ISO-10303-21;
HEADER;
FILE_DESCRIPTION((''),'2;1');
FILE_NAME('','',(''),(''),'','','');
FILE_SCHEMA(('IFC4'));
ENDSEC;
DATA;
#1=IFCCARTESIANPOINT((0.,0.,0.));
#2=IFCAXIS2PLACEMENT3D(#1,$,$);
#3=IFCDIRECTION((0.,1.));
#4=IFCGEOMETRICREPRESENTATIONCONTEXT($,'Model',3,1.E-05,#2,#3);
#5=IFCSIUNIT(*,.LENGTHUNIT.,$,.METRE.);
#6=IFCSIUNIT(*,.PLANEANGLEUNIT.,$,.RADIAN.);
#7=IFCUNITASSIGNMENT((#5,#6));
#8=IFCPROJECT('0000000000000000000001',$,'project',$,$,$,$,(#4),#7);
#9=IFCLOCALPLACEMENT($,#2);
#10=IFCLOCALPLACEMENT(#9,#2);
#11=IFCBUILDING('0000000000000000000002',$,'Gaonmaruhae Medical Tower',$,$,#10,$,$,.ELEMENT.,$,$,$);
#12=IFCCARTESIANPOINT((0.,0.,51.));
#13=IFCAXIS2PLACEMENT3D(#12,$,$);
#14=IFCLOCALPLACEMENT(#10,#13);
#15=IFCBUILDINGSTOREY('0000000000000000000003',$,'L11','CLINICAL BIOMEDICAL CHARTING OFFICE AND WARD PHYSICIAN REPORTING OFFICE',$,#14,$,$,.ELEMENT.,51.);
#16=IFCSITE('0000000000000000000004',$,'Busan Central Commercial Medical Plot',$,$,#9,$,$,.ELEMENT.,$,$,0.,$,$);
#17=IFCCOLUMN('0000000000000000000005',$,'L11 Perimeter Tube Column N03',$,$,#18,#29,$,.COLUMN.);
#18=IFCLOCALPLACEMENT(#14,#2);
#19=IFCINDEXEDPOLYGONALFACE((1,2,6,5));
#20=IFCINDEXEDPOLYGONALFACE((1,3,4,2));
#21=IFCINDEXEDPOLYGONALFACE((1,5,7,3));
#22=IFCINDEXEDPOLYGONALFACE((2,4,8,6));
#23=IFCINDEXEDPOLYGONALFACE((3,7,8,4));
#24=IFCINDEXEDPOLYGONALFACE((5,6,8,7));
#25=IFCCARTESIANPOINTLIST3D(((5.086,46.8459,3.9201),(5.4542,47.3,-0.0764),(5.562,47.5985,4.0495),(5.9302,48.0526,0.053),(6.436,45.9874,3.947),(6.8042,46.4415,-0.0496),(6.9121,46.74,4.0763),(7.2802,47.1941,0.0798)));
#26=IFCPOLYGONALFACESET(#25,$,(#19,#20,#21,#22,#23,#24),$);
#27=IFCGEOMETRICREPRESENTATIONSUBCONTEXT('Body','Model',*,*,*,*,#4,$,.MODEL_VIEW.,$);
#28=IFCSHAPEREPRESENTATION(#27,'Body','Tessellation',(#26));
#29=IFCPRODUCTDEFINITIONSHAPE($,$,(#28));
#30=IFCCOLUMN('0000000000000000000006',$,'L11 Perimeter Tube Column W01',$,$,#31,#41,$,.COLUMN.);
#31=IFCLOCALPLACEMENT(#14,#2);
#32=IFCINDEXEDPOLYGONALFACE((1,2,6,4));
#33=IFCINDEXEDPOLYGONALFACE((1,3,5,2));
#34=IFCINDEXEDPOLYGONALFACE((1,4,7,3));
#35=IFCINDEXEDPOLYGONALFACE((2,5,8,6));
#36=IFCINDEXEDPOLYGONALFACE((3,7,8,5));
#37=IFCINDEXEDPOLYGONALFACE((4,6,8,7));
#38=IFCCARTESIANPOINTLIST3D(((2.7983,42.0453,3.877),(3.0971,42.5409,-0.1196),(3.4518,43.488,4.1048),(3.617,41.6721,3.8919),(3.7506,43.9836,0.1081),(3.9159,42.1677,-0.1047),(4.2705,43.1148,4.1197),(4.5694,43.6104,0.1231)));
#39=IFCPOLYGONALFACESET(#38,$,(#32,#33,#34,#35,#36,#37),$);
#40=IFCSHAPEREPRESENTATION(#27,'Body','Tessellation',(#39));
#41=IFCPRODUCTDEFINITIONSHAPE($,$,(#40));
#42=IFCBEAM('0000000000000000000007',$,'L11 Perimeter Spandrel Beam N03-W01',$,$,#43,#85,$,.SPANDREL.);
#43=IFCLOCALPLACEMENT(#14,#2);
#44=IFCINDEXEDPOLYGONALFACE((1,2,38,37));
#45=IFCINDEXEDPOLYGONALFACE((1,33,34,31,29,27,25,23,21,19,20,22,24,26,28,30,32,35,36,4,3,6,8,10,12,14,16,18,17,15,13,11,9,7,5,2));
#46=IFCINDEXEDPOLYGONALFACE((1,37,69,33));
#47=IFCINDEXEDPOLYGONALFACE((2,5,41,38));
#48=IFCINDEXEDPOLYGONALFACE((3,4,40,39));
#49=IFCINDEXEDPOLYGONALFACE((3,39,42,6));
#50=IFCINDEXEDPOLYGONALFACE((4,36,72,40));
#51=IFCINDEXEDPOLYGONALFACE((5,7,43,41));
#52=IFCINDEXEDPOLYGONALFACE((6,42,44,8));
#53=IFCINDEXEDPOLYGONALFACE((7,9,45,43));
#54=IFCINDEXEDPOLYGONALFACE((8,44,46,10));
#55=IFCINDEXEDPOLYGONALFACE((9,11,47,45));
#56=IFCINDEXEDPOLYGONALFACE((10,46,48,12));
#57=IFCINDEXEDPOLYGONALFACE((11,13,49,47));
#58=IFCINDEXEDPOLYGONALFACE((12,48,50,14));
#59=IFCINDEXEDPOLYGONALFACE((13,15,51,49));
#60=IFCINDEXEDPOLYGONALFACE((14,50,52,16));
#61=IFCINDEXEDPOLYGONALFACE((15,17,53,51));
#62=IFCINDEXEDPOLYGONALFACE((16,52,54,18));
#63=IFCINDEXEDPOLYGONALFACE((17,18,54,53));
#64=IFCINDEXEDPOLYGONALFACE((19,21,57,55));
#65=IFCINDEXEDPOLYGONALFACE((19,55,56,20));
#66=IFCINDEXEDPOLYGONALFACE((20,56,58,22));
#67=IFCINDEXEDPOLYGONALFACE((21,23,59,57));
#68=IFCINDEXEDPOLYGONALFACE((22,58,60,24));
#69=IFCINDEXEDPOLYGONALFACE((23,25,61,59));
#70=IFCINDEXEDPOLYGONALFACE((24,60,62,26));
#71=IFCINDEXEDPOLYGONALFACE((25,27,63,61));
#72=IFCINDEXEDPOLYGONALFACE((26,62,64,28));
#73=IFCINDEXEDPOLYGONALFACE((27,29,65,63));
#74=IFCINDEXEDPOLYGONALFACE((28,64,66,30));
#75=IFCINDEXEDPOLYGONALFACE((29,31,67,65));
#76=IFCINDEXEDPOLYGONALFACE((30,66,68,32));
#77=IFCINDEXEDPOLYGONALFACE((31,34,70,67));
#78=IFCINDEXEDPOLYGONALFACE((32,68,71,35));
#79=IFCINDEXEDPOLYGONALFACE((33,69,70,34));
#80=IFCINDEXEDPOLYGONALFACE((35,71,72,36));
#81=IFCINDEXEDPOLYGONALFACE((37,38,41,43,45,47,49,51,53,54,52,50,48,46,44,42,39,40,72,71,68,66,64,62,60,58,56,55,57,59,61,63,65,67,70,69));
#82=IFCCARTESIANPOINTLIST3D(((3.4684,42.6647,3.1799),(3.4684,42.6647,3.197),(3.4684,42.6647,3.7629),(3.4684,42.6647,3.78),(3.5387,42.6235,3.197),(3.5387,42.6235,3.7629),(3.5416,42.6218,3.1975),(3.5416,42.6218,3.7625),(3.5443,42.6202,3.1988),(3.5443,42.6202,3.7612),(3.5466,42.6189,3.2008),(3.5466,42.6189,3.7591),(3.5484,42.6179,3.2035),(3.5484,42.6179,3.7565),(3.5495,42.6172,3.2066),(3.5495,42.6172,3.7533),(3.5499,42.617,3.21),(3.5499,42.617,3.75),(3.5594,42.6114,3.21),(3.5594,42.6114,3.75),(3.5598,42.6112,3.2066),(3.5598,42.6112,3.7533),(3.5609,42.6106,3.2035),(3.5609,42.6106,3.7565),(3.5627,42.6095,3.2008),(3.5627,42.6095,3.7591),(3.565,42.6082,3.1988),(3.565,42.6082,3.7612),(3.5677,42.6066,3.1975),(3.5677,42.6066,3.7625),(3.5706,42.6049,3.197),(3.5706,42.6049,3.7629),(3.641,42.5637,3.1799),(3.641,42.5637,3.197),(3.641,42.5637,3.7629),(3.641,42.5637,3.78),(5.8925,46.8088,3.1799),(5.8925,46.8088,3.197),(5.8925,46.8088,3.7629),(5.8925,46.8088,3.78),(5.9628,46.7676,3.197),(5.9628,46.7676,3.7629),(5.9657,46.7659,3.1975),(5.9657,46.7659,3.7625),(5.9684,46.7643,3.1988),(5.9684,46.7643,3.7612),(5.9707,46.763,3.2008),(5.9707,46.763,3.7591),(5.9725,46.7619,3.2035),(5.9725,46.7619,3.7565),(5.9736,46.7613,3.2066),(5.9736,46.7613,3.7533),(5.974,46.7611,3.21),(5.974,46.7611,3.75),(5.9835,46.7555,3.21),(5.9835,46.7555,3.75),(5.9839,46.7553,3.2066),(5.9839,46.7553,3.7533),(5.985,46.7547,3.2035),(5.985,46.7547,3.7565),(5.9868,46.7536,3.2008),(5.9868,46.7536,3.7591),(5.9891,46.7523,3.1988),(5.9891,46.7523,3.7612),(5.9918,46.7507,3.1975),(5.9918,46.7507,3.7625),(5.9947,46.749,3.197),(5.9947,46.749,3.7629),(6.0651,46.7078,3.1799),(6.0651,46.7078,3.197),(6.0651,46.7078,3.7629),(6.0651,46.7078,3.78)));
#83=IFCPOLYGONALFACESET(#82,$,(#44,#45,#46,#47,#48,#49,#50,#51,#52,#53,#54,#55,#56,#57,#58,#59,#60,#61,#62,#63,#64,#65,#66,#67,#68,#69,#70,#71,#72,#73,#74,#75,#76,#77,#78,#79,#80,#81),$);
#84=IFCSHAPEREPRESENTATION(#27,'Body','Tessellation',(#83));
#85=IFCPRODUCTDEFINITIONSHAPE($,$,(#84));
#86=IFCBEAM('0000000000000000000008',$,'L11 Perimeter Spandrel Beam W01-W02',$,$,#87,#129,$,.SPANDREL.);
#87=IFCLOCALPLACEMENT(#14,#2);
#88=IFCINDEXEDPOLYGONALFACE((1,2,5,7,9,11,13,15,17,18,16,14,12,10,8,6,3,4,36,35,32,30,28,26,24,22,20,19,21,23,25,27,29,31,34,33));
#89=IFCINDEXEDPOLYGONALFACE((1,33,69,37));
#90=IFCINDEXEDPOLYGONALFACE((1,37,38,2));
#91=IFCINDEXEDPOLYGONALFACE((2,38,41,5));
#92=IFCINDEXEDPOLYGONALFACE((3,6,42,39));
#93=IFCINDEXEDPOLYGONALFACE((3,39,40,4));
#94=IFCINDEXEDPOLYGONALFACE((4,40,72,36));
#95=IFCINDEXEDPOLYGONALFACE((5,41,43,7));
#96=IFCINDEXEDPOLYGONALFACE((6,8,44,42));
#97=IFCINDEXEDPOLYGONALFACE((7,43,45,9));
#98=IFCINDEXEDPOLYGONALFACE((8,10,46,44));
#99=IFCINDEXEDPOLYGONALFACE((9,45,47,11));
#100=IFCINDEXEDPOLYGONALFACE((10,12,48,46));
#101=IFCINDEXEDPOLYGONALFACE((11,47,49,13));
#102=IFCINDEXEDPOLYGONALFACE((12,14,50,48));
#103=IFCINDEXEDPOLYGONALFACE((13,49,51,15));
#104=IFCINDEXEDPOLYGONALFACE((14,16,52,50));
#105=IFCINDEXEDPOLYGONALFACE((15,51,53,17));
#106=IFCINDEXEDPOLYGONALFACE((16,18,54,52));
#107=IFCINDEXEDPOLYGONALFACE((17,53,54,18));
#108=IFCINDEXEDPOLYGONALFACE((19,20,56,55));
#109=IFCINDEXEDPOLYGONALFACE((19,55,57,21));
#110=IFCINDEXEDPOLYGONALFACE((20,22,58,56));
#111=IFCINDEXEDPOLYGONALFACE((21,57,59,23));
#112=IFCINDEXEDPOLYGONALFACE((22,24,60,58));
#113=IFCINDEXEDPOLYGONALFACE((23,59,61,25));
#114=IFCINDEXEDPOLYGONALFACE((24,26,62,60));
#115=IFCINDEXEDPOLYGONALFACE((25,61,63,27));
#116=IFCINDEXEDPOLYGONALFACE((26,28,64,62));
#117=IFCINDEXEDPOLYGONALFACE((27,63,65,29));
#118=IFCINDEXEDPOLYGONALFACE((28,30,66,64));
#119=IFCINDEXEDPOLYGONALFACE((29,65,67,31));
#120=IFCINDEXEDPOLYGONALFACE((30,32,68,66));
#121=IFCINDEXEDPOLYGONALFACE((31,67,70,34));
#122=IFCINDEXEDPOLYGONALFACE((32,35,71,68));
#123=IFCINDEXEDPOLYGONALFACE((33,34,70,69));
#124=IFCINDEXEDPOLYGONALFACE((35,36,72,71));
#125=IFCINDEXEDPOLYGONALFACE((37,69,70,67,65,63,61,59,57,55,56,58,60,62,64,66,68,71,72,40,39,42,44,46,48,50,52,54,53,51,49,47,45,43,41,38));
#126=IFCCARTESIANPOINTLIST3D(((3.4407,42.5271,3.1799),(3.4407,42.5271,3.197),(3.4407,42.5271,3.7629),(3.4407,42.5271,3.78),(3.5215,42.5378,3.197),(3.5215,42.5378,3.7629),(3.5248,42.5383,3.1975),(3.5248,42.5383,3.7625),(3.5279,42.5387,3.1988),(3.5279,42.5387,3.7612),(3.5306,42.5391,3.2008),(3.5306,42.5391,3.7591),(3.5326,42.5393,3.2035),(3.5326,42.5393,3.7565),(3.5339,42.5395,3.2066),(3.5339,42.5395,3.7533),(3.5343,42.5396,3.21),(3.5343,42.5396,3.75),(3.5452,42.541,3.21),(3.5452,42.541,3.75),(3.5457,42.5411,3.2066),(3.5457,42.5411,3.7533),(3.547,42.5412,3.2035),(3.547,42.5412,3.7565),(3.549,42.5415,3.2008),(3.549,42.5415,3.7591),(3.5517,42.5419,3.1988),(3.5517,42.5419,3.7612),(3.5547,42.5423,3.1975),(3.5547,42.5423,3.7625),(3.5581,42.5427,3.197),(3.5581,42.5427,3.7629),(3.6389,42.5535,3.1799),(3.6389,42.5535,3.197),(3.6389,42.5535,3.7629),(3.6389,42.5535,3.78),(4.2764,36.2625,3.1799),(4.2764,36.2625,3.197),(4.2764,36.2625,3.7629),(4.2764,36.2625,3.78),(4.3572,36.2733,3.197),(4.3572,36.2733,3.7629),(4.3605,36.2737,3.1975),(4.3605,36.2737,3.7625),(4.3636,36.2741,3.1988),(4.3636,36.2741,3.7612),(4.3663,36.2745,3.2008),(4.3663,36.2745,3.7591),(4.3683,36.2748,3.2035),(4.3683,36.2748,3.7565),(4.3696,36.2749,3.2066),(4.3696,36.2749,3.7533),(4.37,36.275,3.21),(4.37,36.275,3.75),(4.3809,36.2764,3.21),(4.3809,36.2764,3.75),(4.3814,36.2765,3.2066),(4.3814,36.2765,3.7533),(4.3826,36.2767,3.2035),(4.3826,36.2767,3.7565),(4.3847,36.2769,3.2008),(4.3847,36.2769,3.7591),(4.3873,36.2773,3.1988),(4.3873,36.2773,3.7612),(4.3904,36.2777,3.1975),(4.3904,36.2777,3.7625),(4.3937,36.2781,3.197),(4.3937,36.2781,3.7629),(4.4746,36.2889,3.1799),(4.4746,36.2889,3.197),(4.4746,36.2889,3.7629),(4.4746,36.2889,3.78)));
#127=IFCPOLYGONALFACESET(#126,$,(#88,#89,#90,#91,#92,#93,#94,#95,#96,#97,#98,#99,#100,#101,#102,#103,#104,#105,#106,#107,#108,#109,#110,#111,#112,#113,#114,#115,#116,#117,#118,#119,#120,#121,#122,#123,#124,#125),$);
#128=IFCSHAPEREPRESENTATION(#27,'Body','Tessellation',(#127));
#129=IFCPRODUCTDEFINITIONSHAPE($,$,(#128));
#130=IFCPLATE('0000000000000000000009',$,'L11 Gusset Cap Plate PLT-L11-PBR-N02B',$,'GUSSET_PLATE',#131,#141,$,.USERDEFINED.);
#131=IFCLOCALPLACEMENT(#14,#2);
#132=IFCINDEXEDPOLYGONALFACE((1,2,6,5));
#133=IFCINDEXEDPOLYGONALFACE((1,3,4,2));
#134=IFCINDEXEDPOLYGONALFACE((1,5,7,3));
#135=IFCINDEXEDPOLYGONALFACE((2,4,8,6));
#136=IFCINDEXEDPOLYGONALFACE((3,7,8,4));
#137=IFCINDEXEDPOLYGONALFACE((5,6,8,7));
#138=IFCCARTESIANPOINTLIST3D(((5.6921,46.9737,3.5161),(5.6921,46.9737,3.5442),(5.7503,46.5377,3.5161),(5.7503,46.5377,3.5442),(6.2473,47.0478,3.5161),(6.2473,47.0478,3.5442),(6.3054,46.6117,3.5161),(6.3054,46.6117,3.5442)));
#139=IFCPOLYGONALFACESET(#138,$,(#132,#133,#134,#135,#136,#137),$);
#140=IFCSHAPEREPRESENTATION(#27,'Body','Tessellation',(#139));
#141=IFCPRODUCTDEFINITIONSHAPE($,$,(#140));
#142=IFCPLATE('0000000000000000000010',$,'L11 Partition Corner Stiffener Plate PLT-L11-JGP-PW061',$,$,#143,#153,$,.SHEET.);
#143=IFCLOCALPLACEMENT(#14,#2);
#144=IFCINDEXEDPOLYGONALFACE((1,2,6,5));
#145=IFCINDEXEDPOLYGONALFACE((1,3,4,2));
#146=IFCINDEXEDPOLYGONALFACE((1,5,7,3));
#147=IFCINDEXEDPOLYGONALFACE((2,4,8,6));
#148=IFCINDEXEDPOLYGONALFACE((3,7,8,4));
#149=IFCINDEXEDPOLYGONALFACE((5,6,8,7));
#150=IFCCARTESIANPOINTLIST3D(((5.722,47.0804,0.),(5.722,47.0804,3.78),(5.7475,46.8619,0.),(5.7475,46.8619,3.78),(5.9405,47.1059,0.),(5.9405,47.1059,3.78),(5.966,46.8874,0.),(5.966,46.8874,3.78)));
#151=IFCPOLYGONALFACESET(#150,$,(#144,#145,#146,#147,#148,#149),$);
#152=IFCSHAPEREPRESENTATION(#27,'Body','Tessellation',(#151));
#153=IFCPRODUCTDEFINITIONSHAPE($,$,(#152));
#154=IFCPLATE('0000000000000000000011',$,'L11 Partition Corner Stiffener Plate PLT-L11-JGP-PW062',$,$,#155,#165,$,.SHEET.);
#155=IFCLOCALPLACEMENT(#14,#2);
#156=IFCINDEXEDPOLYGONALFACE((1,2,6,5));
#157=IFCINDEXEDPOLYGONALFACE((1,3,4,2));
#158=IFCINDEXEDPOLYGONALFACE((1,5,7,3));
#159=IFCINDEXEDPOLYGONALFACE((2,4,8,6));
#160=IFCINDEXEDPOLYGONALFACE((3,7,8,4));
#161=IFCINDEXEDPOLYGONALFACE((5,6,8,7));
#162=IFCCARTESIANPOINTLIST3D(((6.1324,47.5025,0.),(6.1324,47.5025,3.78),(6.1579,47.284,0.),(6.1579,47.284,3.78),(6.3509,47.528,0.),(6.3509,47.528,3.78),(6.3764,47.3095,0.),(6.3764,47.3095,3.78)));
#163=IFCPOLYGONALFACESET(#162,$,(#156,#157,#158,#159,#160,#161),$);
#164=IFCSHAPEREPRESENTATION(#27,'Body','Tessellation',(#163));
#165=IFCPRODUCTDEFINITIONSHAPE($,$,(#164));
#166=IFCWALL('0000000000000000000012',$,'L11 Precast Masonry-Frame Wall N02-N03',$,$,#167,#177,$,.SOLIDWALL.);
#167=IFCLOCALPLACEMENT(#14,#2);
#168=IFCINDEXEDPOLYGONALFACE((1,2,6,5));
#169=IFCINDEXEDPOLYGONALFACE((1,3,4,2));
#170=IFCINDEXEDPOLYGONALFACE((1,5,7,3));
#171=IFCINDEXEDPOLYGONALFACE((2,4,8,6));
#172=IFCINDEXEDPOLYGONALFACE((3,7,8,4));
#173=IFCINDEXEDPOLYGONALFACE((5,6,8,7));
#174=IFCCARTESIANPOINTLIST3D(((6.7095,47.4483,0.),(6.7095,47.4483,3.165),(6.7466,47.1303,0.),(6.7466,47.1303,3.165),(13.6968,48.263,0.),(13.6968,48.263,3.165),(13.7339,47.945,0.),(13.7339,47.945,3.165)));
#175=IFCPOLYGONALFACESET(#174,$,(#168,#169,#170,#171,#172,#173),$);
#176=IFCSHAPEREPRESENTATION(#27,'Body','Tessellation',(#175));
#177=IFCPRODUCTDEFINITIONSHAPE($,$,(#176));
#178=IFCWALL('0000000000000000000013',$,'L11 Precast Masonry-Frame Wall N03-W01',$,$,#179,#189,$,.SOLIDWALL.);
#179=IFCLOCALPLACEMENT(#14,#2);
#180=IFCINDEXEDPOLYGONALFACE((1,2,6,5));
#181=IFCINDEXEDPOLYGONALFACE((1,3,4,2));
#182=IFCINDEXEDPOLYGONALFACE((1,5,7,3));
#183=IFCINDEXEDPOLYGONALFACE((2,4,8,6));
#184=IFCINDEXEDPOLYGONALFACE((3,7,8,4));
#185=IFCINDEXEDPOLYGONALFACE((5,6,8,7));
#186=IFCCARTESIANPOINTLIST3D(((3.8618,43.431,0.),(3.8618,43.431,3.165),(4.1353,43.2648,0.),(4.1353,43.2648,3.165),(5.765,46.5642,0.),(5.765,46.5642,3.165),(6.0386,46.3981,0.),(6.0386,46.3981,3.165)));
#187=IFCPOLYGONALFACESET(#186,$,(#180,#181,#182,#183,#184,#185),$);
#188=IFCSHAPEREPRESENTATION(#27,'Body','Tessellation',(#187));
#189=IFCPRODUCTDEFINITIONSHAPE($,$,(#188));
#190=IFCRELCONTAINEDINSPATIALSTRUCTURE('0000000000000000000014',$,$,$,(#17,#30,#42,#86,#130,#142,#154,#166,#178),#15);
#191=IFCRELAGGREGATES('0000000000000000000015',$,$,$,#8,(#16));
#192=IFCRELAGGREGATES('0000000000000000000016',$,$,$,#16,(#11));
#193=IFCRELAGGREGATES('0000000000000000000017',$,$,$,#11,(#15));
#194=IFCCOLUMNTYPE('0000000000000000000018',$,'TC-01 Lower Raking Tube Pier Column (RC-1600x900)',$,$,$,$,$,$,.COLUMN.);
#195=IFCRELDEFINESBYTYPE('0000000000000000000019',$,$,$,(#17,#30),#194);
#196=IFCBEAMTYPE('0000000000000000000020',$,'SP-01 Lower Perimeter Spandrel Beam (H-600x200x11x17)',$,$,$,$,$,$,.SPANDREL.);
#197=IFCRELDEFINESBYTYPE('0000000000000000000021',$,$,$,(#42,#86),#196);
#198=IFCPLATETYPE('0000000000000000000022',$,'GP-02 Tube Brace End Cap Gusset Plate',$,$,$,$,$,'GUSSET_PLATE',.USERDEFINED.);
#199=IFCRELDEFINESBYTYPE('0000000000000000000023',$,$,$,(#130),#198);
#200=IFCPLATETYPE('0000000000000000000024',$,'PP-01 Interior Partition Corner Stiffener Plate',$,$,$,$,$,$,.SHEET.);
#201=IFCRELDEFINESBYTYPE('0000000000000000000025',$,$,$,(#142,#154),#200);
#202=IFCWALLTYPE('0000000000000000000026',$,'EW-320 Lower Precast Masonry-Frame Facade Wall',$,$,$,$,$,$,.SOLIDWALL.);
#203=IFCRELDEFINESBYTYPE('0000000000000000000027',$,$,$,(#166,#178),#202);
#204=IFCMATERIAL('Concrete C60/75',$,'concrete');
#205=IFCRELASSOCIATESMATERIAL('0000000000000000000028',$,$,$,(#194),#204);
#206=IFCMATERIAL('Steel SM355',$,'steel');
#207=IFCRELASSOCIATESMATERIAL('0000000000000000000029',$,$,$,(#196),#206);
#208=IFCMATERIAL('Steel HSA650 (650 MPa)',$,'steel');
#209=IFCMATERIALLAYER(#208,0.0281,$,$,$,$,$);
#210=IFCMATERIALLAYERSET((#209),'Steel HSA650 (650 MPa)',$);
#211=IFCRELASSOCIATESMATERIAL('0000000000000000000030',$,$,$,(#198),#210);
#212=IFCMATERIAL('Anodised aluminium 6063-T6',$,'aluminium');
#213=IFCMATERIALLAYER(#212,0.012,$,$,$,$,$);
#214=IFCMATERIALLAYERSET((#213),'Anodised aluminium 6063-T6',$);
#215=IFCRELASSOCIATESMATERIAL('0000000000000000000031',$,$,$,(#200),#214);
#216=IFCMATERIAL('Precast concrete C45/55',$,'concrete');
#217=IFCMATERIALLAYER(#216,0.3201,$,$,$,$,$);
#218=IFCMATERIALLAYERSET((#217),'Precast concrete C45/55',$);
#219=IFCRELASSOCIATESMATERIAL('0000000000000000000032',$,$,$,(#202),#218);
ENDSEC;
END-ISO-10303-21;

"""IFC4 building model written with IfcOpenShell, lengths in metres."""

from ifc_helpers import new_model, si_unit, direction, frame, frame_2d, origin, origin_2d, place, context, subcontext, project, spatial, rectangle, i_section, extrude, material, layer, layer_set, material_profile, profile_set, type_object, element, save


model = new_model("IFC4")

# Units and contexts
model_context = context("Model", 3, precision=1e-05, world=origin(), true_north=direction((0.0, 1.0)))
body_context = subcontext(model_context, "Body", "Model", "MODEL_VIEW")
ifc_project = project(units=[si_unit("LENGTHUNIT", "METRE"), si_unit("PLANEANGLEUNIT", "RADIAN")], contexts=[model_context])

# Site, building, storey
site_placement = place(None, origin())
site = spatial("IfcSite", under=ifc_project, at=site_placement, Name="Busan Central Commercial Medical Plot", CompositionType="ELEMENT", RefElevation=0.0)
building_placement = place(site_placement, origin())
building = spatial("IfcBuilding", under=site, at=building_placement, Name="Gaonmaruhae Medical Tower", CompositionType="ELEMENT")
storey_placement = place(building_placement, frame((0.0, 0.0, 51.0)))
storey = spatial("IfcBuildingStorey", under=building, at=storey_placement, Name="L11", Description="CLINICAL BIOMEDICAL CHARTING OFFICE AND WARD PHYSICIAN REPORTING OFFICE", CompositionType="ELEMENT", Elevation=51.0)

# Columns
ifc_material_1 = material(Name="Concrete C60/75", Category="concrete")
ifc_material_profile_1 = material_profile(ifc_material_1, rectangle(XDim=1.6001, YDim=0.8999, at=origin_2d()), Name="RC-1600x900")
ifc_profile_set_1 = profile_set([ifc_material_profile_1], Name="Concrete C60/75")
column_type = type_object("IfcColumnType", Name="TC-01 Lower Raking Tube Pier Column (RC-1600x900)", PredefinedType="COLUMN", material=ifc_profile_set_1)
column_1_placement = place(storey_placement, frame((6.3672, 47.2471, 0.0017), z_axis=(-0.09115, -0.112426, 0.989471), x_axis=(0.843714, -0.536531, 0.016761)))
element("IfcColumn", 1, at=column_1_placement, inside=storey, type_object=column_type, Name="L11 Perimeter Tube Column N03", PredefinedType="COLUMN", context=body_context, shape_type="SweptSolid", body=[
    extrude(rectangle(XDim=1.6001, YDim=0.8999, at=origin_2d()), origin(), (0.0, 0.0, 1.0), 4.0391),
])
column_2_placement = place(storey_placement, frame((3.8333, 43.0757, 0.0017), z_axis=(-0.073999, -0.122727, 0.989678), x_axis=(0.408416, 0.901628, 0.142346)))
element("IfcColumn", 2, at=column_2_placement, inside=storey, type_object=column_type, Name="L11 Perimeter Tube Column W01", PredefinedType="COLUMN", context=body_context, shape_type="SweptSolid", body=[
    extrude(rectangle(XDim=1.6001, YDim=0.8999, at=origin_2d()), origin(), (0.0, 0.0, 1.0), 4.0383),
])

# Beams
ifc_material_2 = material(Name="Steel SM355", Category="steel")
ifc_material_profile_2 = material_profile(ifc_material_2, i_section(OverallWidth=0.2, OverallDepth=0.6001, WebThickness=0.011, FlangeThickness=0.0171, FilletRadius=0.0129, at=origin_2d()), Name="H-600x200x11x17")
ifc_profile_set_2 = profile_set([ifc_material_profile_2], Name="Steel SM355")
beam_type = type_object("IfcBeamType", Name="SP-01 Lower Perimeter Spandrel Beam (H-600x200x11x17)", PredefinedType="SPANDREL", material=ifc_profile_set_2)
beam_1_placement = place(storey_placement, frame((5.9788, 46.7583, 3.48), z_axis=(-0.504914, -0.86317, 0.0), x_axis=(0.86317, -0.504914, 0.0)))
element("IfcBeam", 3, at=beam_1_placement, inside=storey, type_object=beam_type, Name="L11 Perimeter Spandrel Beam N03-W01", PredefinedType="SPANDREL", context=body_context, shape_type="SweptSolid", body=[
    extrude(i_section(OverallWidth=0.2, OverallDepth=0.6001, WebThickness=0.011, FlangeThickness=0.0171, FilletRadius=0.0129, at=origin_2d()), origin(), (0.0, 0.0, 1.0), 4.801),
])
beam_2_placement = place(storey_placement, frame((3.5398, 42.5403, 3.48), z_axis=(0.132227, -0.991219, 0.0), x_axis=(0.991219, 0.132227, 0.0)))
element("IfcBeam", 4, at=beam_2_placement, inside=storey, type_object=beam_type, Name="L11 Perimeter Spandrel Beam W01-W02", PredefinedType="SPANDREL", context=body_context, shape_type="SweptSolid", body=[
    extrude(i_section(OverallWidth=0.2, OverallDepth=0.6001, WebThickness=0.011, FlangeThickness=0.0171, FilletRadius=0.0129, at=origin_2d()), origin(), (0.0, 0.0, 1.0), 6.3201),
])

# Plates
ifc_material_3 = material(Name="Steel HSA650 (650 MPa)", Category="steel")
ifc_layer_1 = layer(ifc_material_3, 0.0281)
ifc_layer_set_1 = layer_set([ifc_layer_1], Name="Steel HSA650 (650 MPa)")
plate_type_1 = type_object("IfcPlateType", Name="GP-02 Tube Brace End Cap Gusset Plate", ElementType="GUSSET_PLATE", PredefinedType="USERDEFINED", material=ifc_layer_set_1)
plate_placement = place(storey_placement, frame((5.9988, 46.7927, 3.5161), z_axis=(0.0, 0.0, 1.0), x_axis=(0.991216, 0.132256, 0.0)))
element("IfcPlate", 5, at=plate_placement, inside=storey, type_object=plate_type_1, Name="L11 Gusset Cap Plate PLT-L11-PBR-N02B", ObjectType="GUSSET_PLATE", PredefinedType="USERDEFINED", context=body_context, shape_type="SweptSolid", body=[
    extrude(rectangle(XDim=0.5601, YDim=0.4399, at=origin_2d()), origin(), (0.0, 0.0, 1.0), 0.0281),
])
ifc_material_4 = material(Name="Anodised aluminium 6063-T6", Category="aluminium")
ifc_layer_2 = layer(ifc_material_4, 0.012)
ifc_layer_set_2 = layer_set([ifc_layer_2], Name="Anodised aluminium 6063-T6")
plate_type_2 = type_object("IfcPlateType", Name="PP-01 Interior Partition Corner Stiffener Plate", PredefinedType="SHEET", material=ifc_layer_set_2)
for number, where, z_axis, x_axis, name in (
    (6, (5.844, 46.9839, 0.0), (0.0, 0.0, 1.0), (-0.115752, 0.993278, 0.0), "L11 Partition Corner Stiffener Plate PLT-L11-JGP-PW061"),
    (7, (6.2544, 47.406, 0.0), (0.0, 0.0, 1.0), (0.99324, 0.116081, 0.0), "L11 Partition Corner Stiffener Plate PLT-L11-JGP-PW062"),
):
    element("IfcPlate", number, at=place(storey_placement, frame(where, z_axis=z_axis, x_axis=x_axis)), inside=storey, type_object=plate_type_2, Name=name, PredefinedType="SHEET", context=body_context, shape_type="SweptSolid", body=[
        extrude(rectangle(XDim=0.22, YDim=0.22, at=origin_2d()), origin(), (0.0, 0.0, 1.0), 3.78),
    ])

# Walls
ifc_material_5 = material(Name="Precast concrete C45/55", Category="concrete")
ifc_layer_3 = layer(ifc_material_5, 0.3201)
ifc_layer_set_3 = layer_set([ifc_layer_3], Name="Precast concrete C45/55")
wall_type_1 = type_object("IfcWallType", Name="EW-320 Lower Precast Masonry-Frame Facade Wall", PredefinedType="SOLIDWALL", material=ifc_layer_set_3)
wall_1_placement = place(storey_placement, frame((6.728, 47.2893, 0.0), z_axis=(0.0, 0.0, 1.0), x_axis=(0.993271, 0.115812, 0.0)))
element("IfcWall", 8, at=wall_1_placement, inside=storey, type_object=wall_type_1, Name="L11 Precast Masonry-Frame Wall N02-N03", PredefinedType="SOLIDWALL", context=body_context, shape_type="SweptSolid", body=[
    extrude(rectangle(XDim=7.0347, YDim=0.3201, at=frame_2d((3.5173, 0.0))), origin(), (0.0, 0.0, 1.0), 3.165),
])
wall_2_placement = place(storey_placement, frame((3.9985, 43.3479, 0.0), z_axis=(0.0, 0.0, 1.0), x_axis=(0.519169, 0.854671, 0.0)))
element("IfcWall", 9, at=wall_2_placement, inside=storey, type_object=wall_type_1, Name="L11 Precast Masonry-Frame Wall N03-W01", PredefinedType="SOLIDWALL", context=body_context, shape_type="SweptSolid", body=[
    extrude(rectangle(XDim=3.666, YDim=0.3201, at=frame_2d((1.833, 0.0))), origin(), (0.0, 0.0, 1.0), 3.165),
])

save(model, "model.ifc")
